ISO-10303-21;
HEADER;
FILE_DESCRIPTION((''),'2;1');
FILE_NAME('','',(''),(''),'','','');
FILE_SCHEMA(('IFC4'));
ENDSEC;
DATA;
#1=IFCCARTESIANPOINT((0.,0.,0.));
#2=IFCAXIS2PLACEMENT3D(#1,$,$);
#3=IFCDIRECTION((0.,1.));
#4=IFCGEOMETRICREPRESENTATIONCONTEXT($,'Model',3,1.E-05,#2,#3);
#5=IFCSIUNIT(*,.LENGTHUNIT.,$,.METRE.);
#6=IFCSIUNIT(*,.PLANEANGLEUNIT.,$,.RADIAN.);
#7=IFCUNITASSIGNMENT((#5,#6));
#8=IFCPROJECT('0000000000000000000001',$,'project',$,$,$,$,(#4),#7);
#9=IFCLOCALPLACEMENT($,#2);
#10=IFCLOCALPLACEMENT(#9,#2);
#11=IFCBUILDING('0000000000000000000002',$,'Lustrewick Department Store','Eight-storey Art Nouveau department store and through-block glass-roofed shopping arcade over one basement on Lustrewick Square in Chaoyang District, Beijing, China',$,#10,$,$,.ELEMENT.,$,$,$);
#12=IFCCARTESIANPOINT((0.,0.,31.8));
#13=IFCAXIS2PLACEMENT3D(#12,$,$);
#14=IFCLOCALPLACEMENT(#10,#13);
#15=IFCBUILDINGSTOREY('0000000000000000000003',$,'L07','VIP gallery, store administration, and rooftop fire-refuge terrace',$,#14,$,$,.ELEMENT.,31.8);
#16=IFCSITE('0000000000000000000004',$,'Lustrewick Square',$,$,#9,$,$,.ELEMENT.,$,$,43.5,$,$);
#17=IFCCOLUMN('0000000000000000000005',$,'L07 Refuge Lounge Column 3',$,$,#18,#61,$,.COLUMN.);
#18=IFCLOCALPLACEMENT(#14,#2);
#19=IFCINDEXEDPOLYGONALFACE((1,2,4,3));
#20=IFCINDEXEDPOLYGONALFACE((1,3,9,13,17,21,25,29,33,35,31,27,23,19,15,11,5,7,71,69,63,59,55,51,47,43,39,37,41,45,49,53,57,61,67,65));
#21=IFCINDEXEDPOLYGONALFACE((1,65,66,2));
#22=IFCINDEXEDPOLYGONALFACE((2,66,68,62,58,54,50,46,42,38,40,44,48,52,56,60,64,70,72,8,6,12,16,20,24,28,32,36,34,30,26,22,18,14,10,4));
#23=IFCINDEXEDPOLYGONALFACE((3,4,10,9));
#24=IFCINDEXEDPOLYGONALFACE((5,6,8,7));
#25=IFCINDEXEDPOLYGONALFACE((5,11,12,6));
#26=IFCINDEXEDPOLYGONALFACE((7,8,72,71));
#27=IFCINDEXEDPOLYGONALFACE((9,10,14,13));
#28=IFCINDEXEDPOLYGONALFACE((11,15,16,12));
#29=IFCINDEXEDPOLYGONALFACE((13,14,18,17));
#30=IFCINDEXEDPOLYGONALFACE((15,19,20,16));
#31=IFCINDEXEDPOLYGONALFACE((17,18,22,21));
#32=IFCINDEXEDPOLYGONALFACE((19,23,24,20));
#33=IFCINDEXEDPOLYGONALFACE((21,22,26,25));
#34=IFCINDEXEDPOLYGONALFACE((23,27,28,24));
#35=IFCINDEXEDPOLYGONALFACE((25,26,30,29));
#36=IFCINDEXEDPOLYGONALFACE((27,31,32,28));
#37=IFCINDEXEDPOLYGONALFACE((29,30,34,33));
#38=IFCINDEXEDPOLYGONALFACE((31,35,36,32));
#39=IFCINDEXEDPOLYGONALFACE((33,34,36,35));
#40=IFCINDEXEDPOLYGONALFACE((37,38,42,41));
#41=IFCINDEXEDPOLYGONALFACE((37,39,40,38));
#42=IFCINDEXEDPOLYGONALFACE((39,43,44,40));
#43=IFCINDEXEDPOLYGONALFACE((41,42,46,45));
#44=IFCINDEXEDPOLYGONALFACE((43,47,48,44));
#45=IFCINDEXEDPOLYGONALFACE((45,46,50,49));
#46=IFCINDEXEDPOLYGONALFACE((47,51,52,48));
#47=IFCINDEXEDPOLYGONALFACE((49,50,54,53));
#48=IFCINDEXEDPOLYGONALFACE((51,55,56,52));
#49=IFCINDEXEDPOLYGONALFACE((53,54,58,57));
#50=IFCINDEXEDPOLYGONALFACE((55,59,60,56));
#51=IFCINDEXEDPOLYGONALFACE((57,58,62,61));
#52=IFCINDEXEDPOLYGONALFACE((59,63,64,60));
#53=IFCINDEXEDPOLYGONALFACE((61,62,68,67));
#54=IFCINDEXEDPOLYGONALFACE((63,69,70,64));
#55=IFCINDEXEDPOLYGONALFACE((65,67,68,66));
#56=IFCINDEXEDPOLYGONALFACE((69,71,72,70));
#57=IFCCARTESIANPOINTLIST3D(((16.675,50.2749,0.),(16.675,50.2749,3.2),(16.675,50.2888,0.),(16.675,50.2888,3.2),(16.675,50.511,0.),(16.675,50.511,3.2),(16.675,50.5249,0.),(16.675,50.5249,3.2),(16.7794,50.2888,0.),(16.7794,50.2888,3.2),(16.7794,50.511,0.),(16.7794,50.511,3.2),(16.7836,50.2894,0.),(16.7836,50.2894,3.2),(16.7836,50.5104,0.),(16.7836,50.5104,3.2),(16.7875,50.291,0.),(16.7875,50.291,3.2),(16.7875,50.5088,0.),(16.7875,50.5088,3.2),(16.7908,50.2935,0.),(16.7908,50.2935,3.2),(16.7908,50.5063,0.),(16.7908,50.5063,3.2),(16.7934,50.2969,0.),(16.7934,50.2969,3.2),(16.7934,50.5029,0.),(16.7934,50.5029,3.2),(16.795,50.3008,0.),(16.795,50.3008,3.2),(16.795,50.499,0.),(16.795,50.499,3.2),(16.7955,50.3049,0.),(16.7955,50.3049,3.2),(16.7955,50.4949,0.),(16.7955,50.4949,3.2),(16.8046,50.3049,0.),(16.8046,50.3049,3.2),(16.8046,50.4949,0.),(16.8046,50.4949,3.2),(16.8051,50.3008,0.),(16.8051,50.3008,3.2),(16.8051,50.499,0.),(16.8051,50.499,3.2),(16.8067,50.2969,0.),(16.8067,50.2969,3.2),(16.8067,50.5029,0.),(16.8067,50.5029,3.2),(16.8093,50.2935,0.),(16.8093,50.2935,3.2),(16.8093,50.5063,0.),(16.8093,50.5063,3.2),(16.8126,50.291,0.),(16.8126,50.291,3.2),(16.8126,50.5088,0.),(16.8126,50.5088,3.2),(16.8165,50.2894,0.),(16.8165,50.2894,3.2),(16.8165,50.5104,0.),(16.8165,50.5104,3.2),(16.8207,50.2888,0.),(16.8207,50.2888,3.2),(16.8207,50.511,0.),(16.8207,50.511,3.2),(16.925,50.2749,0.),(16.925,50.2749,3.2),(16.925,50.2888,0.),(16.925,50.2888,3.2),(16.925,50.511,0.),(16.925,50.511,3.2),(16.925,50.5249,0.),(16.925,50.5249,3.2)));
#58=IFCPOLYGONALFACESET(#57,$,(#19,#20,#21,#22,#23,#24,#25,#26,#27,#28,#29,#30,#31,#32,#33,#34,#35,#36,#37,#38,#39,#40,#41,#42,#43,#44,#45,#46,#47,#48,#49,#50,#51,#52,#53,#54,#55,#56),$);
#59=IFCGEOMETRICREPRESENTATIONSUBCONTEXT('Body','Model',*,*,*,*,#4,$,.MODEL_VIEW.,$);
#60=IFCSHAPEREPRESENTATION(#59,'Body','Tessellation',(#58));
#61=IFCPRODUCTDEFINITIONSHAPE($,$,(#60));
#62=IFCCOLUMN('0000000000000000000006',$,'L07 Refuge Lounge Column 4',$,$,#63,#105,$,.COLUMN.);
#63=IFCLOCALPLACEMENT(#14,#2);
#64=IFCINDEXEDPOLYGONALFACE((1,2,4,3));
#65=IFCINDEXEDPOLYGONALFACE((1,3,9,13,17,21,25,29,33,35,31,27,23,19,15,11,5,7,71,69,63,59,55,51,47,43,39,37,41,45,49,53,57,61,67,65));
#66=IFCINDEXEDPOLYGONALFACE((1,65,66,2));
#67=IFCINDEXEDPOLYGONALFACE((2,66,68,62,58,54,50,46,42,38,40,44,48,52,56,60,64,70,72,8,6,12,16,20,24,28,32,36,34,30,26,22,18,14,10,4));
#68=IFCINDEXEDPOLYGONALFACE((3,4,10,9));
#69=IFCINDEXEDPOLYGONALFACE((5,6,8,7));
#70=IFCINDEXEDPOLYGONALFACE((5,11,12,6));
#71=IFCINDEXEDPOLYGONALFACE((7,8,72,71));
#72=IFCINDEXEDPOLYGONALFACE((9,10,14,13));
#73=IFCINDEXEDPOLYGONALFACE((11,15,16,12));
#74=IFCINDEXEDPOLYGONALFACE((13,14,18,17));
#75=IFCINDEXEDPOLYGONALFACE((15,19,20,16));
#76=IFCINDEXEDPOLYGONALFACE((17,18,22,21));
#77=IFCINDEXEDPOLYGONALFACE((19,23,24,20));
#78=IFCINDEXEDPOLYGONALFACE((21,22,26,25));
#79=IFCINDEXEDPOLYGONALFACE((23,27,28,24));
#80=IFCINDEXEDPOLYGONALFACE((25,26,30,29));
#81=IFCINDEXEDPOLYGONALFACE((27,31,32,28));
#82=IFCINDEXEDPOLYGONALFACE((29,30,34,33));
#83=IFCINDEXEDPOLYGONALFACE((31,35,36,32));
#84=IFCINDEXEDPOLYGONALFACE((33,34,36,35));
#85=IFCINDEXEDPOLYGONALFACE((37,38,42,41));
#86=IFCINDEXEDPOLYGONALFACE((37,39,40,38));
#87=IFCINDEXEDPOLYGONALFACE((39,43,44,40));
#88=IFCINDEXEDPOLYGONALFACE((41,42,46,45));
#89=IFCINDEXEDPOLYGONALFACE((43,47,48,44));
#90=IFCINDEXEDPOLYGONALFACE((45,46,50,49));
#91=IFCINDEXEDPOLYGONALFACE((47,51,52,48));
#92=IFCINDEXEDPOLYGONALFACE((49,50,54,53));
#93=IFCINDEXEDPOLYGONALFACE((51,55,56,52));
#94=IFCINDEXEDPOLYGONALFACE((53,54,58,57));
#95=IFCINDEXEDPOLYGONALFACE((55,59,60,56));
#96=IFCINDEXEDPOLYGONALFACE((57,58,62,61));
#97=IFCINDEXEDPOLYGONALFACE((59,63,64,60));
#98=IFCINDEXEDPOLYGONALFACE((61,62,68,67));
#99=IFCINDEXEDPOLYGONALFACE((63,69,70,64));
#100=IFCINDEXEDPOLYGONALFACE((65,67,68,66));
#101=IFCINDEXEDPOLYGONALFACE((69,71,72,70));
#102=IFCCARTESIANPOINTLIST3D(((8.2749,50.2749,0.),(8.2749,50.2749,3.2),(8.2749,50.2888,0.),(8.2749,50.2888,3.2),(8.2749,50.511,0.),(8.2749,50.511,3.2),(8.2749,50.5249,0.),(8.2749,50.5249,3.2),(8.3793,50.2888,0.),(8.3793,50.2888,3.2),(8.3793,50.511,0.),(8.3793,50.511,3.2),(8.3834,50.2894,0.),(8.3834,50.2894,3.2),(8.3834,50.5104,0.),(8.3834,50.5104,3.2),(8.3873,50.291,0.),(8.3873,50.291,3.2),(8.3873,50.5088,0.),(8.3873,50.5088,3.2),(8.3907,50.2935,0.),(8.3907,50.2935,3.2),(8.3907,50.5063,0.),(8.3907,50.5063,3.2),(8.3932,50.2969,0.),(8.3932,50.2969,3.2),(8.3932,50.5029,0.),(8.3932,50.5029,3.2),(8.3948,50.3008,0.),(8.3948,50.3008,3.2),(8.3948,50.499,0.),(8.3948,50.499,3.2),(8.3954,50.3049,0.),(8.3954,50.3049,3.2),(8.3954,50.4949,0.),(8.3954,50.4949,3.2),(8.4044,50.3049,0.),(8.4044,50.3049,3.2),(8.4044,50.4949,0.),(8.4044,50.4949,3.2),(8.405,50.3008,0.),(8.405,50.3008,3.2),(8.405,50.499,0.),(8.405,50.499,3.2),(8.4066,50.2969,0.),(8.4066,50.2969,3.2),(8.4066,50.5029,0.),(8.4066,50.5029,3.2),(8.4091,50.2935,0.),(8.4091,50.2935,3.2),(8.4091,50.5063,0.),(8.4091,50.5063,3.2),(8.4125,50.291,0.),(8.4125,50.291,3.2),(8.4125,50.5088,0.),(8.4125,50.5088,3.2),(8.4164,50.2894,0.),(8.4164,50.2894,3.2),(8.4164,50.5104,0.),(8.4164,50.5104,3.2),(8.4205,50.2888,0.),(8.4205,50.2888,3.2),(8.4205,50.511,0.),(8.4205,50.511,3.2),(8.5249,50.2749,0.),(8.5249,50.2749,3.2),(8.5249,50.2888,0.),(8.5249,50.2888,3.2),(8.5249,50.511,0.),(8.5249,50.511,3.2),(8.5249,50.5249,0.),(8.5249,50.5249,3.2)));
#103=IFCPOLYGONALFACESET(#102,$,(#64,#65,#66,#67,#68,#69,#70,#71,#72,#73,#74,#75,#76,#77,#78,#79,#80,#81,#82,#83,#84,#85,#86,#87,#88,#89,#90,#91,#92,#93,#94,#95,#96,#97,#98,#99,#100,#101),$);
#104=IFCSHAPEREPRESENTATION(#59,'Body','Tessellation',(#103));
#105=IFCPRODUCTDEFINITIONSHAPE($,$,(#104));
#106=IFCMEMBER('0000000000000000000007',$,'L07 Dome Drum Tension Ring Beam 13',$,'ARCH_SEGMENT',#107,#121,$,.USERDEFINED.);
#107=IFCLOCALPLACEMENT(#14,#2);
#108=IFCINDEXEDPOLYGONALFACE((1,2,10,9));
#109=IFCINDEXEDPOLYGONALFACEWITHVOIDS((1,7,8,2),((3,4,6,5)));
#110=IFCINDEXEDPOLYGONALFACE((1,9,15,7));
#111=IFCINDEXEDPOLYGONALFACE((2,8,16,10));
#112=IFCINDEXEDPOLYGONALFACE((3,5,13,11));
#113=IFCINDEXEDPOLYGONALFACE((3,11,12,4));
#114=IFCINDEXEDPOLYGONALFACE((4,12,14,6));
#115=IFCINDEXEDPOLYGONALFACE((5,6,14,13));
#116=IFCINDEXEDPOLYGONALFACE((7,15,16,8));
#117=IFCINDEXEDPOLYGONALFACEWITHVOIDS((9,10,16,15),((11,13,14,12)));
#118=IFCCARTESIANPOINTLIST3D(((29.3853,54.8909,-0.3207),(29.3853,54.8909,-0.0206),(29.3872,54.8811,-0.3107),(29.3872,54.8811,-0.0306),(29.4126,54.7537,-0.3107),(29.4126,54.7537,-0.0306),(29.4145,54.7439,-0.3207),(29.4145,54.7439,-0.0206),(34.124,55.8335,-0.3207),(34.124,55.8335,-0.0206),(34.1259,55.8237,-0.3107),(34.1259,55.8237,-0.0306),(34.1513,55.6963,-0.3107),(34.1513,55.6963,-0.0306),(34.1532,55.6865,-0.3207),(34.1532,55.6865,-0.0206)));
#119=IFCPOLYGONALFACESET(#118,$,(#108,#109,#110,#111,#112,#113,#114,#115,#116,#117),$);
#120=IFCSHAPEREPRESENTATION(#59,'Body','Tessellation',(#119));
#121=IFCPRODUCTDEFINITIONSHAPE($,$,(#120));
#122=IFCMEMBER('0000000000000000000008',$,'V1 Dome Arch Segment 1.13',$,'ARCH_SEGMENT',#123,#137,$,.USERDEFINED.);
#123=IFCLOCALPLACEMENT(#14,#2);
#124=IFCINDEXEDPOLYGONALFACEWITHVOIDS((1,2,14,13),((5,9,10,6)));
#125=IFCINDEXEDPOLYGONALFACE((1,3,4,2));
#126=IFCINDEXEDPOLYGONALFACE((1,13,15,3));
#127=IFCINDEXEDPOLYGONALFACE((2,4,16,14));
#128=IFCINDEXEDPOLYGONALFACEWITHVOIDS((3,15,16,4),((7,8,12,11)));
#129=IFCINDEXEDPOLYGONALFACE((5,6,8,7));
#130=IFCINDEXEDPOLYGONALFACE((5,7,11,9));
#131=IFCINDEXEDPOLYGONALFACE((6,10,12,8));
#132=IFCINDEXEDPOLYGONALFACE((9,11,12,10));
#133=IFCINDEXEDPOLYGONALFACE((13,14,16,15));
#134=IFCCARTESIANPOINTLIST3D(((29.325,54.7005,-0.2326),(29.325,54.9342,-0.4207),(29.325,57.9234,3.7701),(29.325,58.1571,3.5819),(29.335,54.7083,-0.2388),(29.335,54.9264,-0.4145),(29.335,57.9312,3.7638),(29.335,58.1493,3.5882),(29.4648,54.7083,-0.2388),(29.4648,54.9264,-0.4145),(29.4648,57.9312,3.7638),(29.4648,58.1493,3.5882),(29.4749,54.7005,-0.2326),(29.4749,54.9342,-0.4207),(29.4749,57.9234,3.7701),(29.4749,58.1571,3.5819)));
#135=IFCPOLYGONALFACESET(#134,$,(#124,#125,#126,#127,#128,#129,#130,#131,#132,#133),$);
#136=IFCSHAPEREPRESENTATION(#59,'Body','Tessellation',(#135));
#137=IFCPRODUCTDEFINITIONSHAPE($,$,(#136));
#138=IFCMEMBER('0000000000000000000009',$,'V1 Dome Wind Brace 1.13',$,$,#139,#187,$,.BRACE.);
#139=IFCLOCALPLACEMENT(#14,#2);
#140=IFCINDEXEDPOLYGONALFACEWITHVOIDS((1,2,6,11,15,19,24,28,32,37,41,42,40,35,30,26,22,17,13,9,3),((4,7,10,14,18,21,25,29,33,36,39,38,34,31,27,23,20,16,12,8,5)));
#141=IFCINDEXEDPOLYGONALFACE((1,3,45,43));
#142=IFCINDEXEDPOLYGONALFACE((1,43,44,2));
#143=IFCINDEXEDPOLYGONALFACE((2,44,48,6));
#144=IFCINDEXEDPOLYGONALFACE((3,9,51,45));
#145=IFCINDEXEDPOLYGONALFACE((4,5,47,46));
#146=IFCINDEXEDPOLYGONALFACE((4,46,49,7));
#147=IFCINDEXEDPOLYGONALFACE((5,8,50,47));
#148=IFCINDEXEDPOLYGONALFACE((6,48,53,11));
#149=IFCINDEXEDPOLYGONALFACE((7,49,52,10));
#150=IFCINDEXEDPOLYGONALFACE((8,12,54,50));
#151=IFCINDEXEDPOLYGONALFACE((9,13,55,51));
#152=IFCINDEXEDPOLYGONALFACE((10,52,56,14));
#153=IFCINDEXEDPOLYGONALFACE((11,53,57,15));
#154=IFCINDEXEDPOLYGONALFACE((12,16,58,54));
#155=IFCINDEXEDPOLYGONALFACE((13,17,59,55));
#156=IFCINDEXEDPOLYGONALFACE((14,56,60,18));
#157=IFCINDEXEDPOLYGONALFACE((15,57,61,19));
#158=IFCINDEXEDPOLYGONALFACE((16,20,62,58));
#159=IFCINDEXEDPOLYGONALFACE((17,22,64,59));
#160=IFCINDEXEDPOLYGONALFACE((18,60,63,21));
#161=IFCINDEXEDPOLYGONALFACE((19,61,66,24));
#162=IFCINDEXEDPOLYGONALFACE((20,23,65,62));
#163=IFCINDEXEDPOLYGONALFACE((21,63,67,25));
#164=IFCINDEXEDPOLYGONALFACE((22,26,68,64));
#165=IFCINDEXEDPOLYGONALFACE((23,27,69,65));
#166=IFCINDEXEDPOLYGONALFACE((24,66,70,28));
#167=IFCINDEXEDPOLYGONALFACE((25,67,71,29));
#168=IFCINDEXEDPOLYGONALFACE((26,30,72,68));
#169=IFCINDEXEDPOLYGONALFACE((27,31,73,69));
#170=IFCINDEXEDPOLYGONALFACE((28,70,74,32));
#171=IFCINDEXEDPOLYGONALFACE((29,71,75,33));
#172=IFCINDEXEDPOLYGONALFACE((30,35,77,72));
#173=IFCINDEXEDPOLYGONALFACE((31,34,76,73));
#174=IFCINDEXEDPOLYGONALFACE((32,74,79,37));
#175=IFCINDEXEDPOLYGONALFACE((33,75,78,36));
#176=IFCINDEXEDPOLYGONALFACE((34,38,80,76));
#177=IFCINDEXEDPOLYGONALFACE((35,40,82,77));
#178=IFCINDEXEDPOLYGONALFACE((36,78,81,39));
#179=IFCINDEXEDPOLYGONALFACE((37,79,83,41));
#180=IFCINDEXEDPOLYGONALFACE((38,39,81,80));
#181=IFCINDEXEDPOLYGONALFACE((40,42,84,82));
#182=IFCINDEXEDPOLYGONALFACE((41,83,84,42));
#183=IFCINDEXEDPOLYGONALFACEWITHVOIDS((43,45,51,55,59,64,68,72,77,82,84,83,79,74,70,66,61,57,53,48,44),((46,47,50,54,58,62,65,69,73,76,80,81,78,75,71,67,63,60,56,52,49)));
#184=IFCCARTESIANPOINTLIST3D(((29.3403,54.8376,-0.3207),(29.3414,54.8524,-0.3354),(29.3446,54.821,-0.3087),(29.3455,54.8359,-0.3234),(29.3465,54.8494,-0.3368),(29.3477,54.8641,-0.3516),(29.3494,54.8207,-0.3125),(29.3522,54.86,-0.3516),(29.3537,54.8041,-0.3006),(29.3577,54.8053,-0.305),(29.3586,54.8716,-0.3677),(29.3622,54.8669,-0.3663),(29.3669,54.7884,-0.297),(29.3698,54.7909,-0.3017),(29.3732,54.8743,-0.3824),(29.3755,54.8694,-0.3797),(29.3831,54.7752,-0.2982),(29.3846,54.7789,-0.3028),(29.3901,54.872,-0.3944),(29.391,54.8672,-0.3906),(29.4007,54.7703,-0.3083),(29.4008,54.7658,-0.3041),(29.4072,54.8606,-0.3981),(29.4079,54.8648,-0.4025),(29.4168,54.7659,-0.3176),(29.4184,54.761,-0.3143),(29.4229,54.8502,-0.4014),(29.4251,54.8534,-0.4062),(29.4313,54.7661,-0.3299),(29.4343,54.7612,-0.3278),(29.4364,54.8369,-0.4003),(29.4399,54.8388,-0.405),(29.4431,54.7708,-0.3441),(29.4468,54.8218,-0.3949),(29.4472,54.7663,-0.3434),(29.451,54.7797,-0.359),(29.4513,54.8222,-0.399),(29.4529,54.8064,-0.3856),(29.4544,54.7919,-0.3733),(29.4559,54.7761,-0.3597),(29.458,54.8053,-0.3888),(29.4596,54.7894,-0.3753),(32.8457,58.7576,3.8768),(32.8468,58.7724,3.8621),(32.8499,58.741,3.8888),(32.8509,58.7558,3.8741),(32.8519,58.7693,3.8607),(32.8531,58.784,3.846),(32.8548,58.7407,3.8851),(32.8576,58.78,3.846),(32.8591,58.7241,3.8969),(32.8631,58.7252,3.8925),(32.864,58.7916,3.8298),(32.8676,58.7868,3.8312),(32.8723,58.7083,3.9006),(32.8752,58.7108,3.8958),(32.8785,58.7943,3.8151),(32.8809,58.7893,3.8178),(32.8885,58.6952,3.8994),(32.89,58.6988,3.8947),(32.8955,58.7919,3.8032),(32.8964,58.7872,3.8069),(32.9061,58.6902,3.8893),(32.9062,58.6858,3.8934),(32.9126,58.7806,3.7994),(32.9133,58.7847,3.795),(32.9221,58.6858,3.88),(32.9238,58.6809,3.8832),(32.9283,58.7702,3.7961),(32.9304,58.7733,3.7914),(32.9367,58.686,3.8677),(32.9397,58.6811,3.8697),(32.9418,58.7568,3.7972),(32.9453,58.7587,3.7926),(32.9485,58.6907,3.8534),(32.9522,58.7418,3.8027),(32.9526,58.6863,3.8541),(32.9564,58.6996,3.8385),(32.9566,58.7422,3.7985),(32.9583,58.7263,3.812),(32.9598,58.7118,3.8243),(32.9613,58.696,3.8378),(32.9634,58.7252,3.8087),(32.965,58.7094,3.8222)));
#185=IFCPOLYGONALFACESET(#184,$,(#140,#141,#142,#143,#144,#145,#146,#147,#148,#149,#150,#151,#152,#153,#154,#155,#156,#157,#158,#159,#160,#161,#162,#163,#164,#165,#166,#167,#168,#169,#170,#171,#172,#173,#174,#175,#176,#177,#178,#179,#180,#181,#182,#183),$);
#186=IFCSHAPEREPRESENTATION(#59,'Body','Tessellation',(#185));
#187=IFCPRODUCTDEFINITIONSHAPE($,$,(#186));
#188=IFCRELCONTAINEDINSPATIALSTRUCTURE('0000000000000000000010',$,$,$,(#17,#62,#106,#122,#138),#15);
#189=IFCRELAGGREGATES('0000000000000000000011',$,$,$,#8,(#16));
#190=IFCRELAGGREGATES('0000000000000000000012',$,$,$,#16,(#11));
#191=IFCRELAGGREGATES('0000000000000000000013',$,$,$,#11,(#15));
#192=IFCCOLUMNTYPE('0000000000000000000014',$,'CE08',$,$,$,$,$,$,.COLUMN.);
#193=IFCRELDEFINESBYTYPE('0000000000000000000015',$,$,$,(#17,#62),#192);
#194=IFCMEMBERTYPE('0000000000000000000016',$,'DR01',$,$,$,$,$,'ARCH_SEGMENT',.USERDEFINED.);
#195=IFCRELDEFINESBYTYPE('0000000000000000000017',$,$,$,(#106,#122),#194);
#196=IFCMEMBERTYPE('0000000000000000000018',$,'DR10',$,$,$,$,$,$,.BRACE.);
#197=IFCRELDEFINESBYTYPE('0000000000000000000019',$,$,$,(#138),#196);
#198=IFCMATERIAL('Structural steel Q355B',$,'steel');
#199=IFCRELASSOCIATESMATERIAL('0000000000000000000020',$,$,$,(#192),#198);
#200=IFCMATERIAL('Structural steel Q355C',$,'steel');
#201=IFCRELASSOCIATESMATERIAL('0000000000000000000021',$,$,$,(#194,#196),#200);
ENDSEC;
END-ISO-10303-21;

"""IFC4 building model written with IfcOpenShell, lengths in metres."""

from ifc_helpers import new_model, si_unit, direction, frame, origin, origin_2d, place, context, subcontext, project, spatial, hollow_rectangle, hollow_circle, i_section, extrude, material, material_profile, profile_set, type_object, element, save


model = new_model("IFC4")

# Units and contexts
model_context = context("Model", 3, precision=1e-05, world=origin(), true_north=direction((0.0, 1.0)))
body_context = subcontext(model_context, "Body", "Model", "MODEL_VIEW")
ifc_project = project(units=[si_unit("LENGTHUNIT", "METRE"), si_unit("PLANEANGLEUNIT", "RADIAN")], contexts=[model_context])

# Site, building, storey
site_placement = place(None, origin())
site = spatial("IfcSite", under=ifc_project, at=site_placement, Name="Lustrewick Square", CompositionType="ELEMENT", RefElevation=43.5)
building_placement = place(site_placement, origin())
building = spatial("IfcBuilding", under=site, at=building_placement, Name="Lustrewick Department Store", Description="Eight-storey Art Nouveau department store and through-block glass-roofed shopping arcade over one basement on Lustrewick Square in Chaoyang District, Beijing, China", CompositionType="ELEMENT")
storey_placement = place(building_placement, frame((0.0, 0.0, 31.8)))
storey = spatial("IfcBuildingStorey", under=building, at=storey_placement, Name="L07", Description="VIP gallery, store administration, and rooftop fire-refuge terrace", CompositionType="ELEMENT", Elevation=31.8)

# Columns
ifc_material_1 = material(Name="Structural steel Q355B", Category="steel")
ifc_material_profile_1 = material_profile(ifc_material_1, i_section(OverallWidth=0.25, OverallDepth=0.25, WebThickness=0.009, FlangeThickness=0.0139, FilletRadius=0.0161, at=origin_2d()), Name="HW 250x250x9x14")
ifc_profile_set_1 = profile_set([ifc_material_profile_1], Name="Structural steel Q355B")
column_type = type_object("IfcColumnType", Name="CE08", PredefinedType="COLUMN", material=ifc_profile_set_1)
for number, where, z_axis, x_axis, name in (
    (1, (16.8, 50.3999, 0.0), (0.0, 0.0, 1.0), (1.0, 0.0, 0.0), "L07 Refuge Lounge Column 3"),
    (2, (8.3999, 50.3999, 0.0), (0.0, 0.0, 1.0), (1.0, 0.0, 0.0), "L07 Refuge Lounge Column 4"),
):
    element("IfcColumn", number, at=place(storey_placement, frame(where, z_axis=z_axis, x_axis=x_axis)), inside=storey, type_object=column_type, Name=name, PredefinedType="COLUMN", context=body_context, shape_type="SweptSolid", body=[
        extrude(i_section(OverallWidth=0.25, OverallDepth=0.25, WebThickness=0.009, FlangeThickness=0.0139, FilletRadius=0.0161, at=origin_2d()), origin(), (0.0, 0.0, 1.0), 3.2),
    ])

# Members
ifc_material_2 = material(Name="Structural steel Q355C", Category="steel")
ifc_material_profile_2 = material_profile(ifc_material_2, hollow_rectangle(XDim=0.1499, YDim=0.3, WallThickness=0.01, at=origin_2d()), Name="RHS 300x150x10")
ifc_profile_set_2 = profile_set([ifc_material_profile_2], Name="Structural steel Q355C")
member_type_1 = type_object("IfcMemberType", Name="DR01", ElementType="ARCH_SEGMENT", PredefinedType="USERDEFINED", material=ifc_profile_set_2)
member_1_placement = place(storey_placement, frame((29.3999, 54.8174, -0.1707), z_axis=(0.980784, 0.195096, 0.0), x_axis=(-0.195096, 0.980784, 0.0)))
element("IfcMember", 3, at=member_1_placement, inside=storey, type_object=member_type_1, Name="L07 Dome Drum Tension Ring Beam 13", ObjectType="ARCH_SEGMENT", PredefinedType="USERDEFINED", context=body_context, shape_type="SweptSolid", body=[
    extrude(hollow_rectangle(XDim=0.1499, YDim=0.3, WallThickness=0.01, at=origin_2d()), origin(), (0.0, 0.0, 1.0), 4.8315),
])
member_2_placement = place(storey_placement, frame((29.3999, 54.8174, -0.3267), z_axis=(0.0, 0.627154, 0.778895), x_axis=(-1.0, 0.0, 0.0)))
element("IfcMember", 4, at=member_2_placement, inside=storey, type_object=member_type_1, Name="V1 Dome Arch Segment 1.13", ObjectType="ARCH_SEGMENT", PredefinedType="USERDEFINED", context=body_context, shape_type="SweptSolid", body=[
    extrude(hollow_rectangle(XDim=0.1499, YDim=0.3, WallThickness=0.01, at=origin_2d()), origin(), (0.0, 0.0, 1.0), 5.1389),
])
ifc_material_profile_3 = material_profile(ifc_material_2, hollow_circle(Radius=0.0701, WallThickness=0.0061, at=origin_2d()), Name="CHS 140x6")
ifc_profile_set_3 = profile_set([ifc_material_profile_3], Name="Structural steel Q355C")
member_type_2 = type_object("IfcMemberType", Name="DR10", PredefinedType="BRACE", material=ifc_profile_set_3)
member_3_placement = place(storey_placement, frame((29.3999, 54.8174, -0.3516), z_axis=(0.520975, 0.582586, 0.623842), x_axis=(-0.745423, 0.666591, 0.0)))
element("IfcMember", 5, at=member_3_placement, inside=storey, type_object=member_type_2, Name="V1 Dome Wind Brace 1.13", PredefinedType="BRACE", context=body_context, shape_type="SweptSolid", body=[
    extrude(hollow_circle(Radius=0.0701, WallThickness=0.0061, at=origin_2d()), origin(), (0.0, 0.0, 1.0), 6.7285),
])

save(model, "model.ifc")
